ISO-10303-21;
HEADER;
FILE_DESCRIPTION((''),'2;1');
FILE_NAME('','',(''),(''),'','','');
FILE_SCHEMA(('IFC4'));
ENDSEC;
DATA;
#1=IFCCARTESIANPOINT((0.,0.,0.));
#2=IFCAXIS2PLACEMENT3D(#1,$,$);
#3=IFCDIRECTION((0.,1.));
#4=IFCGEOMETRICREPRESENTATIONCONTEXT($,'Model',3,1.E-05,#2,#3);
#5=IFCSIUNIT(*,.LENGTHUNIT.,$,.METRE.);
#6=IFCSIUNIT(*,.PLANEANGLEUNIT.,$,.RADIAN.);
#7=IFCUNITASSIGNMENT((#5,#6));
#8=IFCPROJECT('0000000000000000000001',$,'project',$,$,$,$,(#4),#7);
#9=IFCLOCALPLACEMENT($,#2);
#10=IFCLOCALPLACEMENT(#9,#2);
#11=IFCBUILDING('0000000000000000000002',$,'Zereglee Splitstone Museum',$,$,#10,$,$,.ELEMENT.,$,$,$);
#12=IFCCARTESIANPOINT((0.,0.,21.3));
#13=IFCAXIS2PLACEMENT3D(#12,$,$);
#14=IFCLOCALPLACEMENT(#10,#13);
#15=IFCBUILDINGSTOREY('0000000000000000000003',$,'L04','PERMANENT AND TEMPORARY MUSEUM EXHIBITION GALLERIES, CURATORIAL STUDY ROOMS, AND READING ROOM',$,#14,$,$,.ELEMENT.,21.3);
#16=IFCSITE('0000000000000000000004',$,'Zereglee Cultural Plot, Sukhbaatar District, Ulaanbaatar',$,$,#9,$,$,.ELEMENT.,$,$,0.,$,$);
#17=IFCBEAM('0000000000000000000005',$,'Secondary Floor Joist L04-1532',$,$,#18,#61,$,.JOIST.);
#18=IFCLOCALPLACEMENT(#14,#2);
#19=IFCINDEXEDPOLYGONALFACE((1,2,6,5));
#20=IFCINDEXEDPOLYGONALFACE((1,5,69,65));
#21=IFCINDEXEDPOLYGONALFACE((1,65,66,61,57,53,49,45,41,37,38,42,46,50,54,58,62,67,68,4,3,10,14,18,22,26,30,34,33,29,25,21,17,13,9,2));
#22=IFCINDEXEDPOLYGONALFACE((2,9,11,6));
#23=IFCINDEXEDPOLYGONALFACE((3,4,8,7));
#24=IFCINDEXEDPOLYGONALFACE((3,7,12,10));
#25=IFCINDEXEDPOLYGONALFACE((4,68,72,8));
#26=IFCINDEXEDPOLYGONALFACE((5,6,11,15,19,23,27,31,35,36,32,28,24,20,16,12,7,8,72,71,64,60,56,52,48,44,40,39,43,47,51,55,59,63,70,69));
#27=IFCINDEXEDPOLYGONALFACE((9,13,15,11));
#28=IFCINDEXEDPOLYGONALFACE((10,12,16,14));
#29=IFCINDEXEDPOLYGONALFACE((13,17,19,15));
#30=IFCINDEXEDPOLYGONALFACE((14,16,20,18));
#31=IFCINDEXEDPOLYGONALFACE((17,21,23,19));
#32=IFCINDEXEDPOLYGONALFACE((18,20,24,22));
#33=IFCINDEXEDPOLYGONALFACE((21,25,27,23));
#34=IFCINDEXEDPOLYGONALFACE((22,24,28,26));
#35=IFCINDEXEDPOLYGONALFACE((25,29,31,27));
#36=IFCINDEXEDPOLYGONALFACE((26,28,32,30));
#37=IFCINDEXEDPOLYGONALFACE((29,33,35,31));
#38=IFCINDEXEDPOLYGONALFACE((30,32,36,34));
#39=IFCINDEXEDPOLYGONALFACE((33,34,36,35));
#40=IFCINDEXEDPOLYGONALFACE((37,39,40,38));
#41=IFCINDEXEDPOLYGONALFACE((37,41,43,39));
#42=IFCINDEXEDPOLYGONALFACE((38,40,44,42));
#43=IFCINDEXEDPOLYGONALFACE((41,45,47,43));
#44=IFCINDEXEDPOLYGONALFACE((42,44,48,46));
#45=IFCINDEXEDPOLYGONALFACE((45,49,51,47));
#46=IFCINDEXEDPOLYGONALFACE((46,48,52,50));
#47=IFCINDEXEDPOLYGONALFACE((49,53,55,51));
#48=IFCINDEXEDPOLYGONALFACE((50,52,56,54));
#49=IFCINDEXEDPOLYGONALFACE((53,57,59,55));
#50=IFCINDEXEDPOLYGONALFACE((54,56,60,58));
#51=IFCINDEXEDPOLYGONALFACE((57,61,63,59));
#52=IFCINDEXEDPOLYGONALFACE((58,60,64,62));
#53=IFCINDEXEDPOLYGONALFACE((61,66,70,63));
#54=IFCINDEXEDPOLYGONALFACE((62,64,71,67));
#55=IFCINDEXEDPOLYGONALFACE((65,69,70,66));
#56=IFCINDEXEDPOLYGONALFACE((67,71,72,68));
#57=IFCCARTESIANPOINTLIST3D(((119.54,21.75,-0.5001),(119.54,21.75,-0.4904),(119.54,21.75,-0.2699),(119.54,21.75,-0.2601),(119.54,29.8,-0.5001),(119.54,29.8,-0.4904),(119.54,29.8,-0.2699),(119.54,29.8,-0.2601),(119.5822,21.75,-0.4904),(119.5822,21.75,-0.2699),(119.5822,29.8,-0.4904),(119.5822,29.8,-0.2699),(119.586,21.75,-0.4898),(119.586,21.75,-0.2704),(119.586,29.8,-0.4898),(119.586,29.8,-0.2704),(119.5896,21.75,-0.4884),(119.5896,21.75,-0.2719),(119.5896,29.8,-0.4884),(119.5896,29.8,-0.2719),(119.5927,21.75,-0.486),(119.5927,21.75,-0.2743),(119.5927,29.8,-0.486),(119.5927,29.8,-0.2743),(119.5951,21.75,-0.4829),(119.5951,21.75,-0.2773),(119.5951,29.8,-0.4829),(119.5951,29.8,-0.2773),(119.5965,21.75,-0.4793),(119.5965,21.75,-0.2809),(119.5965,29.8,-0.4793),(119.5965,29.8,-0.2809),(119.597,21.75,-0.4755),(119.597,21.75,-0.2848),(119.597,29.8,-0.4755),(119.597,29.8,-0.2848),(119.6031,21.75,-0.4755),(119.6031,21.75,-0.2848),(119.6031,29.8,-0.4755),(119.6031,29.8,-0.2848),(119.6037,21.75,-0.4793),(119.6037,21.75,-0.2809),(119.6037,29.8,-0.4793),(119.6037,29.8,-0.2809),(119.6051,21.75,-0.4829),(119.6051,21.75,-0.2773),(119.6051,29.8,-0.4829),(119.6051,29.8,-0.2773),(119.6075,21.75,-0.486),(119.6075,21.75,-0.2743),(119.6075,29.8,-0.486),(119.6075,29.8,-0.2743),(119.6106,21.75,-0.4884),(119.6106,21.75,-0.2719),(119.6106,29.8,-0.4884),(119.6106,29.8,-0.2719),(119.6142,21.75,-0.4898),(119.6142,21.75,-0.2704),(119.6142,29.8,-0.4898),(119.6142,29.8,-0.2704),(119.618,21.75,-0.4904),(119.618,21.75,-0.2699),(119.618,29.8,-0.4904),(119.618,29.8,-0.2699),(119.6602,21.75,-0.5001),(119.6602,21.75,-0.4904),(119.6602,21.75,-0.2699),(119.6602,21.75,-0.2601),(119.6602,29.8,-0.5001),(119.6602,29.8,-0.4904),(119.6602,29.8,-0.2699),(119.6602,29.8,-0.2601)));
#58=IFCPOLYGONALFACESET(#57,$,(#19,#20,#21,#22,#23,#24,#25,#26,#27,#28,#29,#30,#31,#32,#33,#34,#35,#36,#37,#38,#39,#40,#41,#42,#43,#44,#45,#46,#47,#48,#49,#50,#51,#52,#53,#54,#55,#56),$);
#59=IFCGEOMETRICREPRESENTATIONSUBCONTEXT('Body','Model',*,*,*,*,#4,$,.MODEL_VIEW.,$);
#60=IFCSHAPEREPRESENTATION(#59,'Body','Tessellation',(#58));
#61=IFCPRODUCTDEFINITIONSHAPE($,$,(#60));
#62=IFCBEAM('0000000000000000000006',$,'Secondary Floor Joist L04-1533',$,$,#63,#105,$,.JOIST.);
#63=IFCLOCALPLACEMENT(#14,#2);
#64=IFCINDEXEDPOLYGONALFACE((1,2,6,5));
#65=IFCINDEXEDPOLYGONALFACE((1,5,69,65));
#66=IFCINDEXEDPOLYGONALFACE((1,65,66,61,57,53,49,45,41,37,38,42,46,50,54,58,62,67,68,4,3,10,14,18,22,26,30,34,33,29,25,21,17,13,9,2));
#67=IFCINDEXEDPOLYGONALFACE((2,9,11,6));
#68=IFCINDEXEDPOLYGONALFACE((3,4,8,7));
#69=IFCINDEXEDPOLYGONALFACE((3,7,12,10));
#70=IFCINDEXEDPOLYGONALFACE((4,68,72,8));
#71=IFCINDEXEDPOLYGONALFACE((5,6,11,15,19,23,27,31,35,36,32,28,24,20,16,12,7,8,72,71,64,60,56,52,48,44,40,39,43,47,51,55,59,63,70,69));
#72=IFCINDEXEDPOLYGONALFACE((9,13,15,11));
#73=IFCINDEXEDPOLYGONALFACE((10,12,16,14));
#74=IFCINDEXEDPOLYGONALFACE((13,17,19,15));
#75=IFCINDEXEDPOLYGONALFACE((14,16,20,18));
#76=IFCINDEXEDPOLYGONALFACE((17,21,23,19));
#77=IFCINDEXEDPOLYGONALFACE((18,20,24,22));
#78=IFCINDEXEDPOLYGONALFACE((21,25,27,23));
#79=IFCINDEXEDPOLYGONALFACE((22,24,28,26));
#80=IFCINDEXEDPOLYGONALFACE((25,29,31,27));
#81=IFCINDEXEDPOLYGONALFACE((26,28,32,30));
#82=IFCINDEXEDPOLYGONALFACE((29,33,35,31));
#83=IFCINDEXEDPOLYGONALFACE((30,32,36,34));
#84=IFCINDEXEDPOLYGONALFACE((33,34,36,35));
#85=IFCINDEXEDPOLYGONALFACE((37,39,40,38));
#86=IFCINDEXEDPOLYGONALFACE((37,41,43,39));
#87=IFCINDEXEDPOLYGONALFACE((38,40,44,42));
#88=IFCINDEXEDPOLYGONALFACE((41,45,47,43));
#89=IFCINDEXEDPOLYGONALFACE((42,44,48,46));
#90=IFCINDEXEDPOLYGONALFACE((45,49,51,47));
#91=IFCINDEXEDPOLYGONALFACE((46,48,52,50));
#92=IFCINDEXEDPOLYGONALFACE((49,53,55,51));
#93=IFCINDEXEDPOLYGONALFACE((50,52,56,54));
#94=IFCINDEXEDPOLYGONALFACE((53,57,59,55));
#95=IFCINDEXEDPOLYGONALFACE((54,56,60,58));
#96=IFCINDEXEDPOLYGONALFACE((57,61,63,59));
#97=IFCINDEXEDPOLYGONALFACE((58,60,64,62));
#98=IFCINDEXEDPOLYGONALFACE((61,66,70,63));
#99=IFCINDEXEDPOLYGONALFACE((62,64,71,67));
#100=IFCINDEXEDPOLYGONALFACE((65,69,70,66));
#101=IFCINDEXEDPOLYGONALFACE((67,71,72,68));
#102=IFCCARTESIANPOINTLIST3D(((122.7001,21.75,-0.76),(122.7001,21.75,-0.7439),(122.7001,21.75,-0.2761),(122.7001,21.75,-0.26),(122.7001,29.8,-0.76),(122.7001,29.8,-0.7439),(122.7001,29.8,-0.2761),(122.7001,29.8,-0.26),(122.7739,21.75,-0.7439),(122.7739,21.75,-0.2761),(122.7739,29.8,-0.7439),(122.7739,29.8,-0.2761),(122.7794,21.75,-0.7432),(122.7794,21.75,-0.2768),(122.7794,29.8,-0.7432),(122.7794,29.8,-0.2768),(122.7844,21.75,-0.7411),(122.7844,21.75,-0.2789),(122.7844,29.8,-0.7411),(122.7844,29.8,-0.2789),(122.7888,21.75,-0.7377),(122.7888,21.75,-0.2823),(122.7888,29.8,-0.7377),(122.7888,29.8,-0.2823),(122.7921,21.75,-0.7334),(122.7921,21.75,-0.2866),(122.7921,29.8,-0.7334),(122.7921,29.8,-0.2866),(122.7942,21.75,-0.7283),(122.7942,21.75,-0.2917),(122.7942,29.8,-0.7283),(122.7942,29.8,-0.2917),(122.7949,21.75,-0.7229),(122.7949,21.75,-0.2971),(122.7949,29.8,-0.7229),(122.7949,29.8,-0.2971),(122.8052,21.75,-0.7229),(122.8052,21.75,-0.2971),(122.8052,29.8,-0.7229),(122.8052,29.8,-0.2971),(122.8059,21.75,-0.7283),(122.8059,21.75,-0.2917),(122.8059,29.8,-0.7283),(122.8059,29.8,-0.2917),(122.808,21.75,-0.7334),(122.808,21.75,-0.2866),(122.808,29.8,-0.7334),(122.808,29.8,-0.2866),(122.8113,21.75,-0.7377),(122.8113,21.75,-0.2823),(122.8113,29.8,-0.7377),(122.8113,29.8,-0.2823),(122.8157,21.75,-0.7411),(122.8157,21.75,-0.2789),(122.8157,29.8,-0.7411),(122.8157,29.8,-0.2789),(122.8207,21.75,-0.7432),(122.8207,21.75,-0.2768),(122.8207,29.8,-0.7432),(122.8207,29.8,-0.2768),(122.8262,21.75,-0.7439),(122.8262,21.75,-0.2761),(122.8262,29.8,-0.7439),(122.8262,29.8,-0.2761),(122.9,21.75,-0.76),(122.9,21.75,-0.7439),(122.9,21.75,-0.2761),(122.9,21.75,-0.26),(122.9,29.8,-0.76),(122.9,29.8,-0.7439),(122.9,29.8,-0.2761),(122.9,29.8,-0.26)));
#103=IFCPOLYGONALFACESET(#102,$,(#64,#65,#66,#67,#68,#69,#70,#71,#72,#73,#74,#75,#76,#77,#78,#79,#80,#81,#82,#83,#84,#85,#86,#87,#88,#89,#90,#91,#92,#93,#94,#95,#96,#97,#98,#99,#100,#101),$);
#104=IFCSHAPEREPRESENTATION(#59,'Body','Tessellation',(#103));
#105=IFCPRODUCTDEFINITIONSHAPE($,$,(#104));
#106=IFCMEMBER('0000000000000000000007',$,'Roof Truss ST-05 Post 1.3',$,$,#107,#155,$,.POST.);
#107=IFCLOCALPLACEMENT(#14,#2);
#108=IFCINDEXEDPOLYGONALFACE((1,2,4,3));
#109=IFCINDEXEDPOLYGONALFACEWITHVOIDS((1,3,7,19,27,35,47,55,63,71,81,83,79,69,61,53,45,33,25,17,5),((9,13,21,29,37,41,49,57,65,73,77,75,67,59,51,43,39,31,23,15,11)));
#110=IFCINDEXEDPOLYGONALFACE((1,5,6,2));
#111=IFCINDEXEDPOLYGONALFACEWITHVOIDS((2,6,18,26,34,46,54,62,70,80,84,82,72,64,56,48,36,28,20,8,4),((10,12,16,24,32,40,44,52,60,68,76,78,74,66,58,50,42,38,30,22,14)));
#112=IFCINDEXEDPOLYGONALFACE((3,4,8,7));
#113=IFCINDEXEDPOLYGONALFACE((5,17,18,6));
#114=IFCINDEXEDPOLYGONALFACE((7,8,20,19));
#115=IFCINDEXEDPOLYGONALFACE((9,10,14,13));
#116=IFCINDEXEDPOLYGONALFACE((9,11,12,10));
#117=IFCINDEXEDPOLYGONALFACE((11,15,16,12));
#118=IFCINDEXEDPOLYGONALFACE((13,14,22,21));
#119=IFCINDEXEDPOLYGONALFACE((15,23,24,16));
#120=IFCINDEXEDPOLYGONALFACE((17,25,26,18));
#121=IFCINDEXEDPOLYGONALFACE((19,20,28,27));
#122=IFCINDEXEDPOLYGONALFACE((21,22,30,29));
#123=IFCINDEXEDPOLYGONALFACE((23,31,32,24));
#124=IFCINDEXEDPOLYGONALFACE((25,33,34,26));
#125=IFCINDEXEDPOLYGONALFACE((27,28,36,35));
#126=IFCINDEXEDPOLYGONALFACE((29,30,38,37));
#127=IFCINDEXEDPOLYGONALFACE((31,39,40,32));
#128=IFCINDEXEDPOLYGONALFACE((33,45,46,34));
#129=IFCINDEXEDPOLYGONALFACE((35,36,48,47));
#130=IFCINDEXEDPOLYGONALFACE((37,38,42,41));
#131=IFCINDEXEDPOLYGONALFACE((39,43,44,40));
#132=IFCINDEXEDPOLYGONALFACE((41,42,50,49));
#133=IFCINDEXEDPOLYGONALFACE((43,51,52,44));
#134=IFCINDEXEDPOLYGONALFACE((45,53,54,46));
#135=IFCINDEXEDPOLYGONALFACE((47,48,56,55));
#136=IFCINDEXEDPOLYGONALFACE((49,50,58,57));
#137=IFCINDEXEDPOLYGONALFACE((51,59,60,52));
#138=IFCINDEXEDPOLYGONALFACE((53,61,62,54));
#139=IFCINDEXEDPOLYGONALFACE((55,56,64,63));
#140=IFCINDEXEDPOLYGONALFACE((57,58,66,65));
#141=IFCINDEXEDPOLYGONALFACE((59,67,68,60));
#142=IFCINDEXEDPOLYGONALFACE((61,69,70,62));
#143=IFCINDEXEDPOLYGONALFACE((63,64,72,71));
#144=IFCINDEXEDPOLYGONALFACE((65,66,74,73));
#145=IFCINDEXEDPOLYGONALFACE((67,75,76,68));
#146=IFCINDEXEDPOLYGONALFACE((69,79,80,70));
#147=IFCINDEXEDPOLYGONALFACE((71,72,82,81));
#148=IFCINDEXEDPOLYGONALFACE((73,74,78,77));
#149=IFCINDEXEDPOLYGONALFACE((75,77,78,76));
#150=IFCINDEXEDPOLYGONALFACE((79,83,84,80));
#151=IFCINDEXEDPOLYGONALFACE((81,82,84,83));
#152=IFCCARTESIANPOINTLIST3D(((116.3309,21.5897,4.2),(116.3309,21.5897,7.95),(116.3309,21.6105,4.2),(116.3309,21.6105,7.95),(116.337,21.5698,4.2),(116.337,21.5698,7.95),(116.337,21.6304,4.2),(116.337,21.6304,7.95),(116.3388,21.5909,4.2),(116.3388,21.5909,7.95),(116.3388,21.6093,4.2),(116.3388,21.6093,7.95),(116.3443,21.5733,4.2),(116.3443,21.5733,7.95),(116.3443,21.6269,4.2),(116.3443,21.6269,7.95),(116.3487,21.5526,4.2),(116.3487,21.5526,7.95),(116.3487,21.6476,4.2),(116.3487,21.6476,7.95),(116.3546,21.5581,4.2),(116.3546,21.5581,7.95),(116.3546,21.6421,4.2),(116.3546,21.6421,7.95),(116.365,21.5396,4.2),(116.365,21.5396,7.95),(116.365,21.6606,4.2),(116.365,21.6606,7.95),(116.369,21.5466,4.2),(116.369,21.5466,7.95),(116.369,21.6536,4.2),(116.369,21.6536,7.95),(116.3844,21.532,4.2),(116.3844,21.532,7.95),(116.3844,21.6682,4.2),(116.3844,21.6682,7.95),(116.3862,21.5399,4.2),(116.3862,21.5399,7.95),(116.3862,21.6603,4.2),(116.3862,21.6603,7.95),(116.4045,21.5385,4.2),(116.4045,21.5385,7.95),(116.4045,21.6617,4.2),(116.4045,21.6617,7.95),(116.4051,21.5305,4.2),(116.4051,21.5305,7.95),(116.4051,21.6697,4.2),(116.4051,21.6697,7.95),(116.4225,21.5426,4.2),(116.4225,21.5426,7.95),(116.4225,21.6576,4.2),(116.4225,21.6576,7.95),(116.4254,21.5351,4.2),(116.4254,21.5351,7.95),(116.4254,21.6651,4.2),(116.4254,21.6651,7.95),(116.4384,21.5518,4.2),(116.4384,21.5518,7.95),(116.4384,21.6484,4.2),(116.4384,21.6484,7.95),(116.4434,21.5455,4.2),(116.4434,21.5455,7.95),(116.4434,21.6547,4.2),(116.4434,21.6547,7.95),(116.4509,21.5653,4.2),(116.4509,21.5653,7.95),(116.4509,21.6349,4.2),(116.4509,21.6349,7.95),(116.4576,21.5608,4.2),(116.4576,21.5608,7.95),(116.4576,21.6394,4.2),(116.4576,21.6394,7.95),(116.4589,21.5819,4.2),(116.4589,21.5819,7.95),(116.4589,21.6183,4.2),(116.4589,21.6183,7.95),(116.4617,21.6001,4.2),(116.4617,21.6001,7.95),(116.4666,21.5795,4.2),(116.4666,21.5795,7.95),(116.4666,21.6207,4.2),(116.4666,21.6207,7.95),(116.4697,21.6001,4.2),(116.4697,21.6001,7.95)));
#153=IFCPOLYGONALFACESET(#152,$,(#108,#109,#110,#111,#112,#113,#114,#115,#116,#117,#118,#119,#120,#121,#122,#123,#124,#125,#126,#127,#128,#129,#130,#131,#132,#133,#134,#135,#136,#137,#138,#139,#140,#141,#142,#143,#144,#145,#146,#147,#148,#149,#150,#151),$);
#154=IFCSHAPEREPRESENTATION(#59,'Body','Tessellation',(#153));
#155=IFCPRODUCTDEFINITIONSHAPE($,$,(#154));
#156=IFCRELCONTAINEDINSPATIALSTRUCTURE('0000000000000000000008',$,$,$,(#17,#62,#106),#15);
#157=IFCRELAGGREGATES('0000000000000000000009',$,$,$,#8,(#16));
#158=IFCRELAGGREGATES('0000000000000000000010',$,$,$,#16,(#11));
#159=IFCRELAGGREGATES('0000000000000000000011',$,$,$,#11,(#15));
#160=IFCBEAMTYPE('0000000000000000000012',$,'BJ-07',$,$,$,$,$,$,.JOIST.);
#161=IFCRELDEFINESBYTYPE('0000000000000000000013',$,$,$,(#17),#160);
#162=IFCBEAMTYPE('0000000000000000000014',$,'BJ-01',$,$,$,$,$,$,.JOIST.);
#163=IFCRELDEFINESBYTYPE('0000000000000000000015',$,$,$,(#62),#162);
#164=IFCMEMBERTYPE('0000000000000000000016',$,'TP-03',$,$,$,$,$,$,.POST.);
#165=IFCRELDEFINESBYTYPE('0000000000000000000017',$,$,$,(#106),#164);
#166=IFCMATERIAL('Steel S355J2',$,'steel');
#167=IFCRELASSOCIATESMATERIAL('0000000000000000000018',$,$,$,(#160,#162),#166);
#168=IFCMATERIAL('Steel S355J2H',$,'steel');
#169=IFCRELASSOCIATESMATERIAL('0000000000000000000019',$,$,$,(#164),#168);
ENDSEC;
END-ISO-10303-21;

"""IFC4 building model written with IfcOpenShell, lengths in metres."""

from ifc_helpers import new_model, si_unit, direction, frame, origin, origin_2d, place, context, subcontext, project, spatial, hollow_circle, i_section, extrude, material, material_profile, profile_set, type_object, element, save


model = new_model("IFC4")

# Units and contexts
model_context = context("Model", 3, precision=1e-05, world=origin(), true_north=direction((0.0, 1.0)))
body_context = subcontext(model_context, "Body", "Model", "MODEL_VIEW")
ifc_project = project(units=[si_unit("LENGTHUNIT", "METRE"), si_unit("PLANEANGLEUNIT", "RADIAN")], contexts=[model_context])

# Site, building, storey
site_placement = place(None, origin())
site = spatial("IfcSite", under=ifc_project, at=site_placement, Name="Zereglee Cultural Plot, Sukhbaatar District, Ulaanbaatar", CompositionType="ELEMENT", RefElevation=0.0)
building_placement = place(site_placement, origin())
building = spatial("IfcBuilding", under=site, at=building_placement, Name="Zereglee Splitstone Museum", CompositionType="ELEMENT")
storey_placement = place(building_placement, frame((0.0, 0.0, 21.3)))
storey = spatial("IfcBuildingStorey", under=building, at=storey_placement, Name="L04", Description="PERMANENT AND TEMPORARY MUSEUM EXHIBITION GALLERIES, CURATORIAL STUDY ROOMS, AND READING ROOM", CompositionType="ELEMENT", Elevation=21.3)

# Shared definitions
ifc_material_1 = material(Name="Steel S355J2", Category="steel")

# Shared definitions
ifc_material_2 = material(Name="Steel S355J2H", Category="steel")

# Beams
ifc_material_profile_1 = material_profile(ifc_material_1, i_section(OverallWidth=0.1201, OverallDepth=0.24, WebThickness=0.0061, FlangeThickness=0.0098, FilletRadius=0.0149, at=origin_2d()), Name="IPE 240")
ifc_profile_set_1 = profile_set([ifc_material_profile_1], Name="Steel S355J2")
beam_type_1 = type_object("IfcBeamType", Name="BJ-07", PredefinedType="JOIST", material=ifc_profile_set_1)
beam_1_placement = place(storey_placement, frame((119.6001, 21.75, -0.3801), z_axis=(0.0, 1.0, 0.0), x_axis=(-1.0, 0.0, 0.0)))
element("IfcBeam", 1, at=beam_1_placement, inside=storey, type_object=beam_type_1, Name="Secondary Floor Joist L04-1532", PredefinedType="JOIST", context=body_context, shape_type="SweptSolid", body=[
    extrude(i_section(OverallWidth=0.1201, OverallDepth=0.24, WebThickness=0.0061, FlangeThickness=0.0098, FilletRadius=0.0149, at=origin_2d()), origin(), (0.0, 0.0, 1.0), 8.05),
])
ifc_material_profile_2 = material_profile(ifc_material_1, i_section(OverallWidth=0.2, OverallDepth=0.5, WebThickness=0.0103, FlangeThickness=0.0161, FilletRadius=0.021, at=origin_2d()), Name="IPE 500")
ifc_profile_set_2 = profile_set([ifc_material_profile_2], Name="Steel S355J2")
beam_type_2 = type_object("IfcBeamType", Name="BJ-01", PredefinedType="JOIST", material=ifc_profile_set_2)
beam_2_placement = place(storey_placement, frame((122.8, 21.75, -0.51), z_axis=(0.0, 1.0, 0.0), x_axis=(-1.0, 0.0, 0.0)))
element("IfcBeam", 2, at=beam_2_placement, inside=storey, type_object=beam_type_2, Name="Secondary Floor Joist L04-1533", PredefinedType="JOIST", context=body_context, shape_type="SweptSolid", body=[
    extrude(i_section(OverallWidth=0.2, OverallDepth=0.5, WebThickness=0.0103, FlangeThickness=0.0161, FilletRadius=0.021, at=origin_2d()), origin(), (0.0, 0.0, 1.0), 8.05),
])

# Member
ifc_material_profile_3 = material_profile(ifc_material_2, hollow_circle(Radius=0.0698, WallThickness=0.0081, at=origin_2d()), Name="CHS 139.7x8")
ifc_profile_set_3 = profile_set([ifc_material_profile_3], Name="Steel S355J2H")
member_type_1 = type_object("IfcMemberType", Name="TP-03", PredefinedType="POST", material=ifc_profile_set_3)
member_1_placement = place(storey_placement, frame((116.3999, 21.6001, 4.2), z_axis=(0.0, 0.0, 1.0), x_axis=(1.0, 0.0, 0.0)))
element("IfcMember", 3, at=member_1_placement, inside=storey, type_object=member_type_1, Name="Roof Truss ST-05 Post 1.3", PredefinedType="POST", context=body_context, shape_type="SweptSolid", body=[
    extrude(hollow_circle(Radius=0.0698, WallThickness=0.0081, at=origin_2d()), origin(), (0.0, 0.0, 1.0), 3.75),
])

save(model, "model.ifc")
